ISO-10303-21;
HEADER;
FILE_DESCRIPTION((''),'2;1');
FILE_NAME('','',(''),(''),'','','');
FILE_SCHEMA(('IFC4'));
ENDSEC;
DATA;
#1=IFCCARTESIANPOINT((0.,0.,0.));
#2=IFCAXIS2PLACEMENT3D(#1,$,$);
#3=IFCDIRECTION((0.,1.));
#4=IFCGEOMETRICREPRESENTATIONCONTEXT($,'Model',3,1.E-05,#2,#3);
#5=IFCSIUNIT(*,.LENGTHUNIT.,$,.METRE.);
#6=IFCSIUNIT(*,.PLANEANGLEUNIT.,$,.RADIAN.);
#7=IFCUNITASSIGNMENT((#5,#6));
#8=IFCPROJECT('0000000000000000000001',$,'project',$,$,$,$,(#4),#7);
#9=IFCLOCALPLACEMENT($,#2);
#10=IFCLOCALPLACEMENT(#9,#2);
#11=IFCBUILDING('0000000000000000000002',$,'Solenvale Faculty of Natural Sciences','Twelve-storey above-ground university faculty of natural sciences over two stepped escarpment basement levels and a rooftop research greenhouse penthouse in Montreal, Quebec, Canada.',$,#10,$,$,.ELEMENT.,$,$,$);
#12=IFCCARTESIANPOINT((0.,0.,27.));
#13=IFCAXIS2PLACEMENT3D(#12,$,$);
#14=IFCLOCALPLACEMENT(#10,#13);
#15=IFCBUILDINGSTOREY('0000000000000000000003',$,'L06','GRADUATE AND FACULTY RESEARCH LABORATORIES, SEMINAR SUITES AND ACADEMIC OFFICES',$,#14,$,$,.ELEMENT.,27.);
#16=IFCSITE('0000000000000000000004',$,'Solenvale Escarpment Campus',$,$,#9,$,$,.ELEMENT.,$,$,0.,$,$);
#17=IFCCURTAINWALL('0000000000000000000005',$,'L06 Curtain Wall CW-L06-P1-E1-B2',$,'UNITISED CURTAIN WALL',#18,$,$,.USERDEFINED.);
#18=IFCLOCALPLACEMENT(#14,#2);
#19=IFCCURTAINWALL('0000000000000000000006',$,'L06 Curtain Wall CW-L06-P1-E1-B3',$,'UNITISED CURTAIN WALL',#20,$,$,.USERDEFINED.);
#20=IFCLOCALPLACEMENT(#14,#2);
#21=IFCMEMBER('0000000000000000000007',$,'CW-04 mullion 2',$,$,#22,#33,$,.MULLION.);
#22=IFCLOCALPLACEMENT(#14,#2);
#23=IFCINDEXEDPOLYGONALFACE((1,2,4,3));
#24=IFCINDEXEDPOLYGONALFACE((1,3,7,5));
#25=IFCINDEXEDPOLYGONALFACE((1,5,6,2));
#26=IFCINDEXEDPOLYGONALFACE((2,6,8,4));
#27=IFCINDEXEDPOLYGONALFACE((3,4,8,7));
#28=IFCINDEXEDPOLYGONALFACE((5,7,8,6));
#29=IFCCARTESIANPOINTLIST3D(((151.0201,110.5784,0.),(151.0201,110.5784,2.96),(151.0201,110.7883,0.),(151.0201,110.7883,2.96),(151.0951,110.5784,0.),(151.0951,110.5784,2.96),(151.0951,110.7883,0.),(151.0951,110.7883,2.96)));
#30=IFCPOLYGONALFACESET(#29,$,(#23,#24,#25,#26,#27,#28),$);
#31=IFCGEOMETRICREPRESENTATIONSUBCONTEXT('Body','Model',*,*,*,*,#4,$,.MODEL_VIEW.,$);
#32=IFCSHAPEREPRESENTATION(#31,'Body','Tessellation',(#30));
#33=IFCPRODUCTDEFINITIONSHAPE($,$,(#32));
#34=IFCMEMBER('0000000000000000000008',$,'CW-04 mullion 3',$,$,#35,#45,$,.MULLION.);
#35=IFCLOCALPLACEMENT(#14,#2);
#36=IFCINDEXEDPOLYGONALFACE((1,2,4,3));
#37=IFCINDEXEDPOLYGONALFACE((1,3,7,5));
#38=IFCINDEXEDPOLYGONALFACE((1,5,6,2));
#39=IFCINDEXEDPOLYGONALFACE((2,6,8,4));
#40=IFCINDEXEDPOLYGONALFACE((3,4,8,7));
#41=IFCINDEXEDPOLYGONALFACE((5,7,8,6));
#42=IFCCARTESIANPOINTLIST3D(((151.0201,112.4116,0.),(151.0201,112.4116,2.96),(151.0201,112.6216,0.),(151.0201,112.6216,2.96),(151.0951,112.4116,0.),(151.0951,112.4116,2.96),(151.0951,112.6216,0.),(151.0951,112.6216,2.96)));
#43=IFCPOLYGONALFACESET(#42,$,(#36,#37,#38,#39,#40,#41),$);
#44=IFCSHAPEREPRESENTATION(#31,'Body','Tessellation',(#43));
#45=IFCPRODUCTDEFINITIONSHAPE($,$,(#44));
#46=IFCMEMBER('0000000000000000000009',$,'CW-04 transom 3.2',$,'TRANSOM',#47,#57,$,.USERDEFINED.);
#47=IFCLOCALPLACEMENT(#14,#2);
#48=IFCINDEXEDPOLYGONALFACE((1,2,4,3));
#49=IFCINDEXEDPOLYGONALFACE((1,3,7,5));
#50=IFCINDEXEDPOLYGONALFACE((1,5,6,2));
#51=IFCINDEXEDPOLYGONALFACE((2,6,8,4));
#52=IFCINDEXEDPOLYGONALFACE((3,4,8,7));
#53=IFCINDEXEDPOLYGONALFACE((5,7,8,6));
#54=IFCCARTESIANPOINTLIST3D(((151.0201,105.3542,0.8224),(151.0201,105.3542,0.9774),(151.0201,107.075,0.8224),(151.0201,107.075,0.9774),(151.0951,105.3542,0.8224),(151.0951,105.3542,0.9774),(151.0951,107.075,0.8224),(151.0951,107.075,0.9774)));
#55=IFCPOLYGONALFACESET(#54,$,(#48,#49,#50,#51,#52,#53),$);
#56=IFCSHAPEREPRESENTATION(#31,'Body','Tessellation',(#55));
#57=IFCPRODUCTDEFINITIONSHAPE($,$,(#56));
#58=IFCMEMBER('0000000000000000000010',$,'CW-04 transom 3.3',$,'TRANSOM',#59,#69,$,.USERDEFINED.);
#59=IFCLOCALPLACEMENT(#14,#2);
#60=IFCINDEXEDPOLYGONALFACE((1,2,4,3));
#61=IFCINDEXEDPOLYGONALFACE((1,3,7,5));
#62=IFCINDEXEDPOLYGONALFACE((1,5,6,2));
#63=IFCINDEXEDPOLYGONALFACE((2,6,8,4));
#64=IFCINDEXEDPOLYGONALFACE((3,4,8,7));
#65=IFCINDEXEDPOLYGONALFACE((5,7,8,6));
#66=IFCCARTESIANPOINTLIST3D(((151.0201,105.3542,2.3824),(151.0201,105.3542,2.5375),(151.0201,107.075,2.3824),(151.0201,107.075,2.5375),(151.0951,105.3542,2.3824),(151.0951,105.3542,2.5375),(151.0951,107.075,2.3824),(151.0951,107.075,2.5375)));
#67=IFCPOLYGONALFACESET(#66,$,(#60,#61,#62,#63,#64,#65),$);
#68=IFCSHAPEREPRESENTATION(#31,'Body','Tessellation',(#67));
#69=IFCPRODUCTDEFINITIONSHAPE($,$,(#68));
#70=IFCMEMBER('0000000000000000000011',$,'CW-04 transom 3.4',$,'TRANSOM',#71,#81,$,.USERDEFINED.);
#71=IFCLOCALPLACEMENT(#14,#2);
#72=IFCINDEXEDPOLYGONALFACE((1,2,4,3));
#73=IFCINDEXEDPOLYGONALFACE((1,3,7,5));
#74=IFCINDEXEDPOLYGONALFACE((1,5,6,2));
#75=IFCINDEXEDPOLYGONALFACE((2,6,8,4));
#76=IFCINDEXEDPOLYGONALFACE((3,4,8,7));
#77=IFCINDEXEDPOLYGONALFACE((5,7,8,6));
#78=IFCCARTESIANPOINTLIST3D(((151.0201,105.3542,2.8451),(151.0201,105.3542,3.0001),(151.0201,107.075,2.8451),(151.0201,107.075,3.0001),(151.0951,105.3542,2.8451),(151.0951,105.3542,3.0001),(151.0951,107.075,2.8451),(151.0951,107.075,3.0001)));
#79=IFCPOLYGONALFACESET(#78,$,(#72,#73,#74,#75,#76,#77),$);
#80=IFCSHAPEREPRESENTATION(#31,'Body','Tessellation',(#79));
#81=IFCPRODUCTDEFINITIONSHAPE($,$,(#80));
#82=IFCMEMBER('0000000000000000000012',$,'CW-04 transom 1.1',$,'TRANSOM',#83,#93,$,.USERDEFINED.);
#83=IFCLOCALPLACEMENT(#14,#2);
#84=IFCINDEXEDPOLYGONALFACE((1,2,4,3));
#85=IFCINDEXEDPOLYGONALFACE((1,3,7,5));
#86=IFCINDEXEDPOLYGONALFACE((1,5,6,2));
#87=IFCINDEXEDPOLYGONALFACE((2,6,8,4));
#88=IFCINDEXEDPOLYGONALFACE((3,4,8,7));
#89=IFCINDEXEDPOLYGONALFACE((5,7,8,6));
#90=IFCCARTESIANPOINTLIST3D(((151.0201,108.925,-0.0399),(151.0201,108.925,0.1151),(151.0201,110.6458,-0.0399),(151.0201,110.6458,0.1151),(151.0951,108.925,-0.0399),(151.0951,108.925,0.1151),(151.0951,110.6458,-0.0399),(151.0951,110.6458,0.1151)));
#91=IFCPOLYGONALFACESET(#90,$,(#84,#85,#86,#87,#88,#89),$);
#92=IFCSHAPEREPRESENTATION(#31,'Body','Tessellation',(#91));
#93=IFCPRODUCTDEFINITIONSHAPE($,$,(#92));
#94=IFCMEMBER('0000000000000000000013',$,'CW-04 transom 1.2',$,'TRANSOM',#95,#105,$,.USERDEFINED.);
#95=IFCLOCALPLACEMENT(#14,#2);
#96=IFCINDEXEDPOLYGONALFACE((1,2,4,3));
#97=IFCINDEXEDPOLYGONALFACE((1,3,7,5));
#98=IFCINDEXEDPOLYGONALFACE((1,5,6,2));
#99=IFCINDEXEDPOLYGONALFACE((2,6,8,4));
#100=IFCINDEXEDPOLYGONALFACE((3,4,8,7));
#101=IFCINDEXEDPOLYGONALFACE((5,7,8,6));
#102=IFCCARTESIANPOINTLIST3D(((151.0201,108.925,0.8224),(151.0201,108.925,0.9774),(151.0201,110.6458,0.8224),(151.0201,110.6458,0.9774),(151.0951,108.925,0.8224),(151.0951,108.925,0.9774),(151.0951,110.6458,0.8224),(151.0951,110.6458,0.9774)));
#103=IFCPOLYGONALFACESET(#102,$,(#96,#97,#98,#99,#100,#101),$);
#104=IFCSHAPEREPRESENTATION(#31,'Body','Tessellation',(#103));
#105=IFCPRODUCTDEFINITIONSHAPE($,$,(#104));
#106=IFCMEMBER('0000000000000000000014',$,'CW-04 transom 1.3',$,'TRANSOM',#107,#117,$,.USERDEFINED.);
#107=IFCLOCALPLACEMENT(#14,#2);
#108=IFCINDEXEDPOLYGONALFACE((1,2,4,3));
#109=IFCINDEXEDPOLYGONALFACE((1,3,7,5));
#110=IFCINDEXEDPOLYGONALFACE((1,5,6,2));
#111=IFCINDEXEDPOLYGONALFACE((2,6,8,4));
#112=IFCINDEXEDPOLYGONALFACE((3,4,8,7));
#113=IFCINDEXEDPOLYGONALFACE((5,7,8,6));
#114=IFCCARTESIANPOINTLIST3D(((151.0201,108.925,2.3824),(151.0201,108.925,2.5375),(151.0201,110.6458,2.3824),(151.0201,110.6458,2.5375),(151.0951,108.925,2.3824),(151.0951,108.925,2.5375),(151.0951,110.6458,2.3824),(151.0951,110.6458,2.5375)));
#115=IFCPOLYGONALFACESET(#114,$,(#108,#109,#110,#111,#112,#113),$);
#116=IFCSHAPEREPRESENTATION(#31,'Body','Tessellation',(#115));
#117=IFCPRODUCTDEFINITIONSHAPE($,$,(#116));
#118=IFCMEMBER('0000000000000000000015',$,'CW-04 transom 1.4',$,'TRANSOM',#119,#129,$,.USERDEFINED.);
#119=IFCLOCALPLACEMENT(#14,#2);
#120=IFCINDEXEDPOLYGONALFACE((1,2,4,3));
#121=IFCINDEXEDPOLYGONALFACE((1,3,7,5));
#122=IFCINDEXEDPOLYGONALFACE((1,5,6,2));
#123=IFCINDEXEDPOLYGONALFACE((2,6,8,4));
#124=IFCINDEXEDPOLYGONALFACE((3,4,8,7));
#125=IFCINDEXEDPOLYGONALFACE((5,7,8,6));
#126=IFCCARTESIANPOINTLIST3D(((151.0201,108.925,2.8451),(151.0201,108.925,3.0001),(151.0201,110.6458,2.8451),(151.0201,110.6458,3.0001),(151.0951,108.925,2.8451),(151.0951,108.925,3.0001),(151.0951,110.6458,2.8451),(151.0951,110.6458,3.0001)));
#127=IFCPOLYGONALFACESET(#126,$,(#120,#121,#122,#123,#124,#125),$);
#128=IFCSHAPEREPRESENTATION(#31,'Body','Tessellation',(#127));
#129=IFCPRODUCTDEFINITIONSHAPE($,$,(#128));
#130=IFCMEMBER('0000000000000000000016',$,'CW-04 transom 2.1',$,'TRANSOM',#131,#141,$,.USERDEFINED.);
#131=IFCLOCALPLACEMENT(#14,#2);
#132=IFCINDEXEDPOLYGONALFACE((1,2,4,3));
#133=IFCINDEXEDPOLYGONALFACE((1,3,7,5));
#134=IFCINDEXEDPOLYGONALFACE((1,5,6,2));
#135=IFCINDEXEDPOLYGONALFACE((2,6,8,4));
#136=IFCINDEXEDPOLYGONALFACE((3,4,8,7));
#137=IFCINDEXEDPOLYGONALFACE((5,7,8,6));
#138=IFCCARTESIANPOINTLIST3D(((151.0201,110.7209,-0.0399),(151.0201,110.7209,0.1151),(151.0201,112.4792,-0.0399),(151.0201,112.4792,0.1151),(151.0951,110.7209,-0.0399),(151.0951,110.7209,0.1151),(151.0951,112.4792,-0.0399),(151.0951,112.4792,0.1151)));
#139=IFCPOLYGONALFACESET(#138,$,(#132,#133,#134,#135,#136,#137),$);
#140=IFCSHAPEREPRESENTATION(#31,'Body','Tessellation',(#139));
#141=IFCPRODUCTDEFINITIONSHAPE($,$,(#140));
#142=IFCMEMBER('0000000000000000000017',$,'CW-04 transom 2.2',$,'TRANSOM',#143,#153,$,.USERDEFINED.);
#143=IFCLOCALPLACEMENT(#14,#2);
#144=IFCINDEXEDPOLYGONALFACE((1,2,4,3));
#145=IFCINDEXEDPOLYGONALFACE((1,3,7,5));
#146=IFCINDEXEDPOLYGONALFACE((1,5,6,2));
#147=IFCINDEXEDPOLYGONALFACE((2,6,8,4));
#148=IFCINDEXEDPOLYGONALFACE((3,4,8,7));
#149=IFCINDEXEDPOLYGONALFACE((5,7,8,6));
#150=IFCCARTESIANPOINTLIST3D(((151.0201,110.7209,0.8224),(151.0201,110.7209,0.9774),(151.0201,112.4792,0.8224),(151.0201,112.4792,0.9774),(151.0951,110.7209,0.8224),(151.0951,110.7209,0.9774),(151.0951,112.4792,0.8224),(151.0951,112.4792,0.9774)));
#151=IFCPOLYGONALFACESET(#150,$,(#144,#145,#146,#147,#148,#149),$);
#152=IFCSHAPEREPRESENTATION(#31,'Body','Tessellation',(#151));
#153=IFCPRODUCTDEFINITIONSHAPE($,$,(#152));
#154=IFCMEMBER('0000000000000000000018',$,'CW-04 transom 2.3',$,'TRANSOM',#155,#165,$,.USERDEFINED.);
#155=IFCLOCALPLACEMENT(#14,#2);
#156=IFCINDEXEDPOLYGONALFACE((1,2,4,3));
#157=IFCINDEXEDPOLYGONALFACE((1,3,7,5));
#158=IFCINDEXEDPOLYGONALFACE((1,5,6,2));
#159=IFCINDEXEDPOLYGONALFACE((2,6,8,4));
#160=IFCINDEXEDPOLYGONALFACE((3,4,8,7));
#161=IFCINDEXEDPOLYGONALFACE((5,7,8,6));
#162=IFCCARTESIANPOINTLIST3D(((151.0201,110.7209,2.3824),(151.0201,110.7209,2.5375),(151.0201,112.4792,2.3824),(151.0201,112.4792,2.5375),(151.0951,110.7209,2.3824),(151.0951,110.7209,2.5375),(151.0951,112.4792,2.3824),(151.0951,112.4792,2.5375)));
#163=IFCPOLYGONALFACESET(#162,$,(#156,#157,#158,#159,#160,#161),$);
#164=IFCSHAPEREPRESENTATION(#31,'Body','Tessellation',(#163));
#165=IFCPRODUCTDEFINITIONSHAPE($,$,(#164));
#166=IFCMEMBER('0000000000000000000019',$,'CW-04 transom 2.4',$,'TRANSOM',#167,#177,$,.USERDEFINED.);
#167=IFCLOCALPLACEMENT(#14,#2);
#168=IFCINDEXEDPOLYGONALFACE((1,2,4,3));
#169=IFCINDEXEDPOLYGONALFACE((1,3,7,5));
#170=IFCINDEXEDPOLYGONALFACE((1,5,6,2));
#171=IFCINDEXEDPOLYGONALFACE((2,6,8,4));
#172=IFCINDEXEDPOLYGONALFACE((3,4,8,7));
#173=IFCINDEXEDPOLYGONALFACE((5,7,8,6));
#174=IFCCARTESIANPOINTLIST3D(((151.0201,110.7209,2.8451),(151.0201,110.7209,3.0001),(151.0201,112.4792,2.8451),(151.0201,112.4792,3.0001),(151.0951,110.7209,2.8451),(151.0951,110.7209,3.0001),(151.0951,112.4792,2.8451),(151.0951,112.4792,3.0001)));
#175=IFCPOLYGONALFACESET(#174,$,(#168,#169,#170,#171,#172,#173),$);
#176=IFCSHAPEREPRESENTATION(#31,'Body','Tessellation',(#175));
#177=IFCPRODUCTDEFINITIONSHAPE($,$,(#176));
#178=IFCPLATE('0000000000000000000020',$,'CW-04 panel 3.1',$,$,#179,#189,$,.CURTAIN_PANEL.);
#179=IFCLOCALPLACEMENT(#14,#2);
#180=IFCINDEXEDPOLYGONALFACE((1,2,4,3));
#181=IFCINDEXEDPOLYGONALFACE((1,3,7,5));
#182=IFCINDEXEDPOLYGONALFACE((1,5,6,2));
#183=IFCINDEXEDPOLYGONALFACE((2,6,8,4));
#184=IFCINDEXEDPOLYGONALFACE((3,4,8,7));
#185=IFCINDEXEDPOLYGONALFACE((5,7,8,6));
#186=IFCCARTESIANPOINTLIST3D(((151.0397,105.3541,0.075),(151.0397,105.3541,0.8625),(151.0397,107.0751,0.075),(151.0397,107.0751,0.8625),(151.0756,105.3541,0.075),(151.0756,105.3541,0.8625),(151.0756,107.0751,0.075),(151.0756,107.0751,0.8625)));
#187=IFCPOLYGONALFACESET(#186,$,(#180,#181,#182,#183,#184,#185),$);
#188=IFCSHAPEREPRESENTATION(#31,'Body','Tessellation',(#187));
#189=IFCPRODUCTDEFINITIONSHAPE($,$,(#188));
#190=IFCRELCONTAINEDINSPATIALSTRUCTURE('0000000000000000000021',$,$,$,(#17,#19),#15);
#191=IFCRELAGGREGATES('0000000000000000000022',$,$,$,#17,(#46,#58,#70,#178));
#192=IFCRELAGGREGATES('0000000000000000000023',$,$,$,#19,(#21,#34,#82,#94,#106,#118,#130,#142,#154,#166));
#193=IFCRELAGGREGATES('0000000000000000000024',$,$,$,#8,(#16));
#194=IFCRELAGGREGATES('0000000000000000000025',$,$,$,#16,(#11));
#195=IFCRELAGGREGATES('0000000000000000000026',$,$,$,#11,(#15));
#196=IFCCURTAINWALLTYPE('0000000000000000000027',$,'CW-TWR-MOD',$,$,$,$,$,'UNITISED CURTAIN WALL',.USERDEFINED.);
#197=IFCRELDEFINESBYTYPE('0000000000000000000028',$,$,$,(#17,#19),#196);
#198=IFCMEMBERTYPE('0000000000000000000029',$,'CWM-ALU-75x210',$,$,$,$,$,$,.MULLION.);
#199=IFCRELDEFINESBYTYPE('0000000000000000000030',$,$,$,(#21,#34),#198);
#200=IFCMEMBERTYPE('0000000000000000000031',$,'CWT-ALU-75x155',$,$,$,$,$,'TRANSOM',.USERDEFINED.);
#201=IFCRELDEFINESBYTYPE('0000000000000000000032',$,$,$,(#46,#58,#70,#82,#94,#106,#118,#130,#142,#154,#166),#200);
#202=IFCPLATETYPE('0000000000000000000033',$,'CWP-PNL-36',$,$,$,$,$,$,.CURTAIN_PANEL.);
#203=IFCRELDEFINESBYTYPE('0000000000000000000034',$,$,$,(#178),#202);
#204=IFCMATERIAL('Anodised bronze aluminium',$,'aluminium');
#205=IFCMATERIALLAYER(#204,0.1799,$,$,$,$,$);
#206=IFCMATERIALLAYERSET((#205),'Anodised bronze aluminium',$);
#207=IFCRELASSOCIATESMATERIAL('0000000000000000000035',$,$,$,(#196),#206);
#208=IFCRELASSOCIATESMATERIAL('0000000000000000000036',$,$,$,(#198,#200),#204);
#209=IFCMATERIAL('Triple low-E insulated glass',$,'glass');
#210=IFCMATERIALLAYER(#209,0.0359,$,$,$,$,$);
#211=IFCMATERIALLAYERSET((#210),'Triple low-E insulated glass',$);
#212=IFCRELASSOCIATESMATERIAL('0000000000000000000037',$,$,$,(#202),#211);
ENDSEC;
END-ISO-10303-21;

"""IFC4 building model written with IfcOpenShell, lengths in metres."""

from ifc_helpers import new_model, si_unit, direction, frame, origin, origin_2d, place, context, subcontext, project, spatial, rectangle, extrude, material, layer, layer_set, material_profile, profile_set, type_object, element, aggregate, save


model = new_model("IFC4")

# Units and contexts
model_context = context("Model", 3, precision=1e-05, world=origin(), true_north=direction((0.0, 1.0)))
body_context = subcontext(model_context, "Body", "Model", "MODEL_VIEW")
ifc_project = project(units=[si_unit("LENGTHUNIT", "METRE"), si_unit("PLANEANGLEUNIT", "RADIAN")], contexts=[model_context])

# Site, building, storey
site_placement = place(None, origin())
site = spatial("IfcSite", under=ifc_project, at=site_placement, Name="Solenvale Escarpment Campus", CompositionType="ELEMENT", RefElevation=0.0)
building_placement = place(site_placement, origin())
building = spatial("IfcBuilding", under=site, at=building_placement, Name="Solenvale Faculty of Natural Sciences", Description="Twelve-storey above-ground university faculty of natural sciences over two stepped escarpment basement levels and a rooftop research greenhouse penthouse in Montreal, Quebec, Canada.", CompositionType="ELEMENT")
storey_placement = place(building_placement, frame((0.0, 0.0, 27.0)))
storey = spatial("IfcBuildingStorey", under=building, at=storey_placement, Name="L06", Description="GRADUATE AND FACULTY RESEARCH LABORATORIES, SEMINAR SUITES AND ACADEMIC OFFICES", CompositionType="ELEMENT", Elevation=27.0)

# Curtain wall
ifc_material_1 = material(Name="Anodised bronze aluminium", Category="aluminium")
ifc_layer_1 = layer(ifc_material_1, 0.1799)
ifc_layer_set_1 = layer_set([ifc_layer_1], Name="Anodised bronze aluminium")
curtain_wall_type = type_object("IfcCurtainWallType", Name="CW-TWR-MOD", ElementType="UNITISED CURTAIN WALL", PredefinedType="USERDEFINED", material=ifc_layer_set_1)
curtain_wall_1_placement = place(storey_placement, origin())
curtain_wall_1 = element("IfcCurtainWall", 1, at=curtain_wall_1_placement, inside=storey, type_object=curtain_wall_type, Name="L06 Curtain Wall CW-L06-P1-E1-B2", ObjectType="UNITISED CURTAIN WALL", PredefinedType="USERDEFINED")
ifc_material_profile_1 = material_profile(ifc_material_1, rectangle(XDim=0.075, YDim=0.21, at=origin_2d()), Name="ALU-MUL-75x210")
ifc_profile_set_1 = profile_set([ifc_material_profile_1], Name="Anodised bronze aluminium")
member_type_1 = type_object("IfcMemberType", Name="CWM-ALU-75x210", PredefinedType="MULLION", material=ifc_profile_set_1)

# Curtain wall, members
curtain_wall_2_placement = place(storey_placement, origin())
curtain_wall_2 = element("IfcCurtainWall", 2, at=curtain_wall_2_placement, inside=storey, type_object=curtain_wall_type, Name="L06 Curtain Wall CW-L06-P1-E1-B3", ObjectType="UNITISED CURTAIN WALL", PredefinedType="USERDEFINED")
member_1_placement = place(storey_placement, frame((151.0576, 110.6833, 0.0), z_axis=(0.0, 0.0, 1.0), x_axis=(-1.0, 0.0, 0.0)))
member_1 = element("IfcMember", 3, at=member_1_placement, type_object=member_type_1, Name="CW-04 mullion 2", PredefinedType="MULLION", context=body_context, shape_type="SweptSolid", body=[
    extrude(rectangle(XDim=0.075, YDim=0.21, at=origin_2d()), origin(), (0.0, 0.0, 1.0), 2.96),
])
member_2_placement = place(storey_placement, frame((151.0576, 112.5166, 0.0), z_axis=(0.0, 0.0, 1.0), x_axis=(-1.0, 0.0, 0.0)))
member_2 = element("IfcMember", 4, at=member_2_placement, type_object=member_type_1, Name="CW-04 mullion 3", PredefinedType="MULLION", context=body_context, shape_type="SweptSolid", body=[
    extrude(rectangle(XDim=0.075, YDim=0.21, at=origin_2d()), origin(), (0.0, 0.0, 1.0), 2.96),
])

# Members
ifc_material_profile_2 = material_profile(ifc_material_1, rectangle(XDim=0.075, YDim=0.155, at=origin_2d()), Name="ALU-TRN-75x155")
ifc_profile_set_2 = profile_set([ifc_material_profile_2], Name="Anodised bronze aluminium")
member_type_2 = type_object("IfcMemberType", Name="CWT-ALU-75x155", ElementType="TRANSOM", PredefinedType="USERDEFINED", material=ifc_profile_set_2)
member_3_placement = place(storey_placement, frame((151.0576, 105.3542, 0.8999), z_axis=(0.0, 1.0, 0.0), x_axis=(-1.0, 0.0, 0.0)))
member_3 = element("IfcMember", 5, at=member_3_placement, type_object=member_type_2, Name="CW-04 transom 3.2", ObjectType="TRANSOM", PredefinedType="USERDEFINED", context=body_context, shape_type="SweptSolid", body=[
    extrude(rectangle(XDim=0.075, YDim=0.155, at=origin_2d()), origin(), (0.0, 0.0, 1.0), 1.7207),
])
member_4_placement = place(storey_placement, frame((151.0576, 105.3542, 2.46), z_axis=(0.0, 1.0, 0.0), x_axis=(-1.0, 0.0, 0.0)))
member_4 = element("IfcMember", 6, at=member_4_placement, type_object=member_type_2, Name="CW-04 transom 3.3", ObjectType="TRANSOM", PredefinedType="USERDEFINED", context=body_context, shape_type="SweptSolid", body=[
    extrude(rectangle(XDim=0.075, YDim=0.155, at=origin_2d()), origin(), (0.0, 0.0, 1.0), 1.7207),
])
member_5_placement = place(storey_placement, frame((151.0576, 105.3542, 2.9226), z_axis=(0.0, 1.0, 0.0), x_axis=(-1.0, 0.0, 0.0)))
member_5 = element("IfcMember", 7, at=member_5_placement, type_object=member_type_2, Name="CW-04 transom 3.4", ObjectType="TRANSOM", PredefinedType="USERDEFINED", context=body_context, shape_type="SweptSolid", body=[
    extrude(rectangle(XDim=0.075, YDim=0.155, at=origin_2d()), origin(), (0.0, 0.0, 1.0), 1.7207),
])
member_6_placement = place(storey_placement, frame((151.0576, 108.925, 0.0376), z_axis=(0.0, 1.0, 0.0), x_axis=(-1.0, 0.0, 0.0)))
member_6 = element("IfcMember", 8, at=member_6_placement, type_object=member_type_2, Name="CW-04 transom 1.1", ObjectType="TRANSOM", PredefinedType="USERDEFINED", context=body_context, shape_type="SweptSolid", body=[
    extrude(rectangle(XDim=0.075, YDim=0.155, at=origin_2d()), origin(), (0.0, 0.0, 1.0), 1.7207),
])
member_7_placement = place(storey_placement, frame((151.0576, 108.925, 0.8999), z_axis=(0.0, 1.0, 0.0), x_axis=(-1.0, 0.0, 0.0)))
member_7 = element("IfcMember", 9, at=member_7_placement, type_object=member_type_2, Name="CW-04 transom 1.2", ObjectType="TRANSOM", PredefinedType="USERDEFINED", context=body_context, shape_type="SweptSolid", body=[
    extrude(rectangle(XDim=0.075, YDim=0.155, at=origin_2d()), origin(), (0.0, 0.0, 1.0), 1.7207),
])
member_8_placement = place(storey_placement, frame((151.0576, 108.925, 2.46), z_axis=(0.0, 1.0, 0.0), x_axis=(-1.0, 0.0, 0.0)))
member_8 = element("IfcMember", 10, at=member_8_placement, type_object=member_type_2, Name="CW-04 transom 1.3", ObjectType="TRANSOM", PredefinedType="USERDEFINED", context=body_context, shape_type="SweptSolid", body=[
    extrude(rectangle(XDim=0.075, YDim=0.155, at=origin_2d()), origin(), (0.0, 0.0, 1.0), 1.7207),
])
member_9_placement = place(storey_placement, frame((151.0576, 108.925, 2.9226), z_axis=(0.0, 1.0, 0.0), x_axis=(-1.0, 0.0, 0.0)))
member_9 = element("IfcMember", 11, at=member_9_placement, type_object=member_type_2, Name="CW-04 transom 1.4", ObjectType="TRANSOM", PredefinedType="USERDEFINED", context=body_context, shape_type="SweptSolid", body=[
    extrude(rectangle(XDim=0.075, YDim=0.155, at=origin_2d()), origin(), (0.0, 0.0, 1.0), 1.7207),
])
member_10_placement = place(storey_placement, frame((151.0576, 110.7209, 0.0376), z_axis=(0.0, 1.0, 0.0), x_axis=(-1.0, 0.0, 0.0)))
member_10 = element("IfcMember", 12, at=member_10_placement, type_object=member_type_2, Name="CW-04 transom 2.1", ObjectType="TRANSOM", PredefinedType="USERDEFINED", context=body_context, shape_type="SweptSolid", body=[
    extrude(rectangle(XDim=0.075, YDim=0.155, at=origin_2d()), origin(), (0.0, 0.0, 1.0), 1.7583),
])
member_11_placement = place(storey_placement, frame((151.0576, 110.7209, 0.8999), z_axis=(0.0, 1.0, 0.0), x_axis=(-1.0, 0.0, 0.0)))
member_11 = element("IfcMember", 13, at=member_11_placement, type_object=member_type_2, Name="CW-04 transom 2.2", ObjectType="TRANSOM", PredefinedType="USERDEFINED", context=body_context, shape_type="SweptSolid", body=[
    extrude(rectangle(XDim=0.075, YDim=0.155, at=origin_2d()), origin(), (0.0, 0.0, 1.0), 1.7583),
])
member_12_placement = place(storey_placement, frame((151.0576, 110.7209, 2.46), z_axis=(0.0, 1.0, 0.0), x_axis=(-1.0, 0.0, 0.0)))
member_12 = element("IfcMember", 14, at=member_12_placement, type_object=member_type_2, Name="CW-04 transom 2.3", ObjectType="TRANSOM", PredefinedType="USERDEFINED", context=body_context, shape_type="SweptSolid", body=[
    extrude(rectangle(XDim=0.075, YDim=0.155, at=origin_2d()), origin(), (0.0, 0.0, 1.0), 1.7583),
])
member_13_placement = place(storey_placement, frame((151.0576, 110.7209, 2.9226), z_axis=(0.0, 1.0, 0.0), x_axis=(-1.0, 0.0, 0.0)))
member_13 = element("IfcMember", 15, at=member_13_placement, type_object=member_type_2, Name="CW-04 transom 2.4", ObjectType="TRANSOM", PredefinedType="USERDEFINED", context=body_context, shape_type="SweptSolid", body=[
    extrude(rectangle(XDim=0.075, YDim=0.155, at=origin_2d()), origin(), (0.0, 0.0, 1.0), 1.7583),
])

# Plate
ifc_material_2 = material(Name="Triple low-E insulated glass", Category="glass")
ifc_layer_2 = layer(ifc_material_2, 0.0359)
ifc_layer_set_2 = layer_set([ifc_layer_2], Name="Triple low-E insulated glass")
plate_type_1 = type_object("IfcPlateType", Name="CWP-PNL-36", PredefinedType="CURTAIN_PANEL", material=ifc_layer_set_2)
plate_1_placement = place(storey_placement, frame((151.0576, 106.2146, 0.075), z_axis=(0.0, 0.0, 1.0), x_axis=(0.0, 1.0, 0.0)))
plate_1 = element("IfcPlate", 16, at=plate_1_placement, type_object=plate_type_1, Name="CW-04 panel 3.1", PredefinedType="CURTAIN_PANEL", context=body_context, shape_type="SweptSolid", body=[
    extrude(rectangle(XDim=1.7209, YDim=0.0359, at=origin_2d()), origin(), (0.0, 0.0, 1.0), 0.7876),
])
aggregate(curtain_wall_1, [member_3, member_4, member_5, plate_1])
aggregate(curtain_wall_2, [member_1, member_2, member_6, member_7, member_8, member_9, member_10, member_11, member_12, member_13])

save(model, "model.ifc")
